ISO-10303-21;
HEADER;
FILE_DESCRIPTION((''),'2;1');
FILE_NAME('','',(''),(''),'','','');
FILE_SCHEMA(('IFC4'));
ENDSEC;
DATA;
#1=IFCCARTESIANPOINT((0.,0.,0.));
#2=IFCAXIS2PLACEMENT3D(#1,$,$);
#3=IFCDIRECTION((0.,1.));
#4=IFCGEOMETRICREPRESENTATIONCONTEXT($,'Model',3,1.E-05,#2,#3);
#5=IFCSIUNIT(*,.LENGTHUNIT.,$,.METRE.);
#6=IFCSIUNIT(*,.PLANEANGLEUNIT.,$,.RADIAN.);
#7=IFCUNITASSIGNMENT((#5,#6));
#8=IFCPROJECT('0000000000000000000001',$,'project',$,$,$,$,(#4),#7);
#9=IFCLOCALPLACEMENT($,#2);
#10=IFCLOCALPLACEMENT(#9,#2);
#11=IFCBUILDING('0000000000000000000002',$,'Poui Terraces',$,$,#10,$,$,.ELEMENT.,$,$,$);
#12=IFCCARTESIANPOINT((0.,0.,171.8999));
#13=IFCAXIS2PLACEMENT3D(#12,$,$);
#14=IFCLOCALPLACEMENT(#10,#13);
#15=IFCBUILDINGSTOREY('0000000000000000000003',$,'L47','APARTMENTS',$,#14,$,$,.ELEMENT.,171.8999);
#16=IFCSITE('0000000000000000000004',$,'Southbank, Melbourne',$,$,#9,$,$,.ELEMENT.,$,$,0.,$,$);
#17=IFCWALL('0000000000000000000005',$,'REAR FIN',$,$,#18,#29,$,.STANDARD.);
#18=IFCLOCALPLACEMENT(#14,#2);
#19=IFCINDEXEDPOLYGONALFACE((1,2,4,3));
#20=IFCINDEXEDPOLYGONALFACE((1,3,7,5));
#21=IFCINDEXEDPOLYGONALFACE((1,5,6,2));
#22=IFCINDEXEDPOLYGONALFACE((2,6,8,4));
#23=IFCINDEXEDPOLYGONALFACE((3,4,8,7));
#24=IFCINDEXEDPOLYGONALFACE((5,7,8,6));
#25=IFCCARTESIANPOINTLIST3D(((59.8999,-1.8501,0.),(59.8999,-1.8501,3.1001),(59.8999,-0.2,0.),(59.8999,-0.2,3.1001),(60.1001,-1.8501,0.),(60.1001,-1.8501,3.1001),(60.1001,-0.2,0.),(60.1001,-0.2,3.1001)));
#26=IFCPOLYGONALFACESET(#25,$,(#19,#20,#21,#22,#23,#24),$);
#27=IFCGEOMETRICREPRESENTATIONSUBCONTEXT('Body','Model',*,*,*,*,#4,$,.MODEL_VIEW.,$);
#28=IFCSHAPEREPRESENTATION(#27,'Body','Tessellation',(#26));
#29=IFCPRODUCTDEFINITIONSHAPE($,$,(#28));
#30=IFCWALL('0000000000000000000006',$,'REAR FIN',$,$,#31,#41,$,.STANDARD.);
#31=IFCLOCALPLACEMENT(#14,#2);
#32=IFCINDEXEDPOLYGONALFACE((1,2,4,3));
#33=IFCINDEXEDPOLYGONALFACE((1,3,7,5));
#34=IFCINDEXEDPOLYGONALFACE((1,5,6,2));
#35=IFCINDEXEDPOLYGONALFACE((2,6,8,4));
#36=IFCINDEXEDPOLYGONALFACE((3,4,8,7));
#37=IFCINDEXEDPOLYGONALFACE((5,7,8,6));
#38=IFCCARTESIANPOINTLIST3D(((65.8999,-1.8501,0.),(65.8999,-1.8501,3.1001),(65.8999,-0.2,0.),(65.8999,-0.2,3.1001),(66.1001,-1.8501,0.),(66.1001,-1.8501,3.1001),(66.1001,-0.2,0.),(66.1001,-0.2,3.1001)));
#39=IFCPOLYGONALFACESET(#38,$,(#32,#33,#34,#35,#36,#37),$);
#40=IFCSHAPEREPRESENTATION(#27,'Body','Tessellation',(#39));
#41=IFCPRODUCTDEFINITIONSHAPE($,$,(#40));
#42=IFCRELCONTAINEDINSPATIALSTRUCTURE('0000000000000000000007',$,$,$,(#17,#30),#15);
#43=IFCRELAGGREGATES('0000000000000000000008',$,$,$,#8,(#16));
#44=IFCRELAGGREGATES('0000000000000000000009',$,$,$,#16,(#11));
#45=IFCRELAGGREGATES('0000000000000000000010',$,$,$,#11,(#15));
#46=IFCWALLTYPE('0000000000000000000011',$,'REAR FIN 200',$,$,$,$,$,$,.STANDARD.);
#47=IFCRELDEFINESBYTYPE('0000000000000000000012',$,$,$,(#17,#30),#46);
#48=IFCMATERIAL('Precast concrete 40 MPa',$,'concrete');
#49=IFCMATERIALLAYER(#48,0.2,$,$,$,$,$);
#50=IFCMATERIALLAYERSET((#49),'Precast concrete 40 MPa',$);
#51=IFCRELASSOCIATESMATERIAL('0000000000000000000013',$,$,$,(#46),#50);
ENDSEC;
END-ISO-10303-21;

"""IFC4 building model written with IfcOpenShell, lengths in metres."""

from ifc_helpers import new_model, si_unit, direction, frame, origin, place, context, subcontext, project, spatial, polyline, outline, extrude, source, transform, mapped, material, layer, layer_set, type_object, element, save


model = new_model("IFC4")

# Units and contexts
model_context = context("Model", 3, precision=1e-05, world=origin(), true_north=direction((0.0, 1.0)))
body_context = subcontext(model_context, "Body", "Model", "MODEL_VIEW")
ifc_project = project(units=[si_unit("LENGTHUNIT", "METRE"), si_unit("PLANEANGLEUNIT", "RADIAN")], contexts=[model_context])

# Site, building, storey
site_placement = place(None, origin())
site = spatial("IfcSite", under=ifc_project, at=site_placement, Name="Southbank, Melbourne", CompositionType="ELEMENT", RefElevation=0.0)
building_placement = place(site_placement, origin())
building = spatial("IfcBuilding", under=site, at=building_placement, Name="Poui Terraces", CompositionType="ELEMENT")
storey_placement = place(building_placement, frame((0.0, 0.0, 171.8999)))
storey = spatial("IfcBuildingStorey", under=building, at=storey_placement, Name="L47", Description="APARTMENTS", CompositionType="ELEMENT", Elevation=171.8999)

# Shared definitions
ifc_material_1 = material(Name="Precast concrete 40 MPa", Category="concrete")

# Walls
ifc_layer_1 = layer(ifc_material_1, 0.2)
ifc_layer_set_1 = layer_set([ifc_layer_1], Name="Precast concrete 40 MPa")
wall_type_1 = type_object("IfcWallType", Name="REAR FIN 200", PredefinedType="STANDARD", material=ifc_layer_set_1)
shared_shape_1 = source(origin(), body_context, "Body", "SweptSolid", [
    extrude(outline(polyline([(0.0, 0.0), (0.2002, 0.0), (0.2002, 1.6501), (0.0, 1.6501), (0.0, 0.0)])), origin(), (0.0, 0.0, 1.0), 3.1001),
])
for number, where, name in (
    (1, (59.8999, -1.8501, 0.0), "REAR FIN"),
    (2, (65.8999, -1.8501, 0.0), "REAR FIN"),
):
    element("IfcWall", number, at=place(storey_placement, frame(where)), inside=storey, type_object=wall_type_1, Name=name, PredefinedType="STANDARD", context=body_context, shape_type="MappedRepresentation", body=[
        mapped(shared_shape_1, transform((0.0, 0.0, 0.0))),
    ])

save(model, "model.ifc")
